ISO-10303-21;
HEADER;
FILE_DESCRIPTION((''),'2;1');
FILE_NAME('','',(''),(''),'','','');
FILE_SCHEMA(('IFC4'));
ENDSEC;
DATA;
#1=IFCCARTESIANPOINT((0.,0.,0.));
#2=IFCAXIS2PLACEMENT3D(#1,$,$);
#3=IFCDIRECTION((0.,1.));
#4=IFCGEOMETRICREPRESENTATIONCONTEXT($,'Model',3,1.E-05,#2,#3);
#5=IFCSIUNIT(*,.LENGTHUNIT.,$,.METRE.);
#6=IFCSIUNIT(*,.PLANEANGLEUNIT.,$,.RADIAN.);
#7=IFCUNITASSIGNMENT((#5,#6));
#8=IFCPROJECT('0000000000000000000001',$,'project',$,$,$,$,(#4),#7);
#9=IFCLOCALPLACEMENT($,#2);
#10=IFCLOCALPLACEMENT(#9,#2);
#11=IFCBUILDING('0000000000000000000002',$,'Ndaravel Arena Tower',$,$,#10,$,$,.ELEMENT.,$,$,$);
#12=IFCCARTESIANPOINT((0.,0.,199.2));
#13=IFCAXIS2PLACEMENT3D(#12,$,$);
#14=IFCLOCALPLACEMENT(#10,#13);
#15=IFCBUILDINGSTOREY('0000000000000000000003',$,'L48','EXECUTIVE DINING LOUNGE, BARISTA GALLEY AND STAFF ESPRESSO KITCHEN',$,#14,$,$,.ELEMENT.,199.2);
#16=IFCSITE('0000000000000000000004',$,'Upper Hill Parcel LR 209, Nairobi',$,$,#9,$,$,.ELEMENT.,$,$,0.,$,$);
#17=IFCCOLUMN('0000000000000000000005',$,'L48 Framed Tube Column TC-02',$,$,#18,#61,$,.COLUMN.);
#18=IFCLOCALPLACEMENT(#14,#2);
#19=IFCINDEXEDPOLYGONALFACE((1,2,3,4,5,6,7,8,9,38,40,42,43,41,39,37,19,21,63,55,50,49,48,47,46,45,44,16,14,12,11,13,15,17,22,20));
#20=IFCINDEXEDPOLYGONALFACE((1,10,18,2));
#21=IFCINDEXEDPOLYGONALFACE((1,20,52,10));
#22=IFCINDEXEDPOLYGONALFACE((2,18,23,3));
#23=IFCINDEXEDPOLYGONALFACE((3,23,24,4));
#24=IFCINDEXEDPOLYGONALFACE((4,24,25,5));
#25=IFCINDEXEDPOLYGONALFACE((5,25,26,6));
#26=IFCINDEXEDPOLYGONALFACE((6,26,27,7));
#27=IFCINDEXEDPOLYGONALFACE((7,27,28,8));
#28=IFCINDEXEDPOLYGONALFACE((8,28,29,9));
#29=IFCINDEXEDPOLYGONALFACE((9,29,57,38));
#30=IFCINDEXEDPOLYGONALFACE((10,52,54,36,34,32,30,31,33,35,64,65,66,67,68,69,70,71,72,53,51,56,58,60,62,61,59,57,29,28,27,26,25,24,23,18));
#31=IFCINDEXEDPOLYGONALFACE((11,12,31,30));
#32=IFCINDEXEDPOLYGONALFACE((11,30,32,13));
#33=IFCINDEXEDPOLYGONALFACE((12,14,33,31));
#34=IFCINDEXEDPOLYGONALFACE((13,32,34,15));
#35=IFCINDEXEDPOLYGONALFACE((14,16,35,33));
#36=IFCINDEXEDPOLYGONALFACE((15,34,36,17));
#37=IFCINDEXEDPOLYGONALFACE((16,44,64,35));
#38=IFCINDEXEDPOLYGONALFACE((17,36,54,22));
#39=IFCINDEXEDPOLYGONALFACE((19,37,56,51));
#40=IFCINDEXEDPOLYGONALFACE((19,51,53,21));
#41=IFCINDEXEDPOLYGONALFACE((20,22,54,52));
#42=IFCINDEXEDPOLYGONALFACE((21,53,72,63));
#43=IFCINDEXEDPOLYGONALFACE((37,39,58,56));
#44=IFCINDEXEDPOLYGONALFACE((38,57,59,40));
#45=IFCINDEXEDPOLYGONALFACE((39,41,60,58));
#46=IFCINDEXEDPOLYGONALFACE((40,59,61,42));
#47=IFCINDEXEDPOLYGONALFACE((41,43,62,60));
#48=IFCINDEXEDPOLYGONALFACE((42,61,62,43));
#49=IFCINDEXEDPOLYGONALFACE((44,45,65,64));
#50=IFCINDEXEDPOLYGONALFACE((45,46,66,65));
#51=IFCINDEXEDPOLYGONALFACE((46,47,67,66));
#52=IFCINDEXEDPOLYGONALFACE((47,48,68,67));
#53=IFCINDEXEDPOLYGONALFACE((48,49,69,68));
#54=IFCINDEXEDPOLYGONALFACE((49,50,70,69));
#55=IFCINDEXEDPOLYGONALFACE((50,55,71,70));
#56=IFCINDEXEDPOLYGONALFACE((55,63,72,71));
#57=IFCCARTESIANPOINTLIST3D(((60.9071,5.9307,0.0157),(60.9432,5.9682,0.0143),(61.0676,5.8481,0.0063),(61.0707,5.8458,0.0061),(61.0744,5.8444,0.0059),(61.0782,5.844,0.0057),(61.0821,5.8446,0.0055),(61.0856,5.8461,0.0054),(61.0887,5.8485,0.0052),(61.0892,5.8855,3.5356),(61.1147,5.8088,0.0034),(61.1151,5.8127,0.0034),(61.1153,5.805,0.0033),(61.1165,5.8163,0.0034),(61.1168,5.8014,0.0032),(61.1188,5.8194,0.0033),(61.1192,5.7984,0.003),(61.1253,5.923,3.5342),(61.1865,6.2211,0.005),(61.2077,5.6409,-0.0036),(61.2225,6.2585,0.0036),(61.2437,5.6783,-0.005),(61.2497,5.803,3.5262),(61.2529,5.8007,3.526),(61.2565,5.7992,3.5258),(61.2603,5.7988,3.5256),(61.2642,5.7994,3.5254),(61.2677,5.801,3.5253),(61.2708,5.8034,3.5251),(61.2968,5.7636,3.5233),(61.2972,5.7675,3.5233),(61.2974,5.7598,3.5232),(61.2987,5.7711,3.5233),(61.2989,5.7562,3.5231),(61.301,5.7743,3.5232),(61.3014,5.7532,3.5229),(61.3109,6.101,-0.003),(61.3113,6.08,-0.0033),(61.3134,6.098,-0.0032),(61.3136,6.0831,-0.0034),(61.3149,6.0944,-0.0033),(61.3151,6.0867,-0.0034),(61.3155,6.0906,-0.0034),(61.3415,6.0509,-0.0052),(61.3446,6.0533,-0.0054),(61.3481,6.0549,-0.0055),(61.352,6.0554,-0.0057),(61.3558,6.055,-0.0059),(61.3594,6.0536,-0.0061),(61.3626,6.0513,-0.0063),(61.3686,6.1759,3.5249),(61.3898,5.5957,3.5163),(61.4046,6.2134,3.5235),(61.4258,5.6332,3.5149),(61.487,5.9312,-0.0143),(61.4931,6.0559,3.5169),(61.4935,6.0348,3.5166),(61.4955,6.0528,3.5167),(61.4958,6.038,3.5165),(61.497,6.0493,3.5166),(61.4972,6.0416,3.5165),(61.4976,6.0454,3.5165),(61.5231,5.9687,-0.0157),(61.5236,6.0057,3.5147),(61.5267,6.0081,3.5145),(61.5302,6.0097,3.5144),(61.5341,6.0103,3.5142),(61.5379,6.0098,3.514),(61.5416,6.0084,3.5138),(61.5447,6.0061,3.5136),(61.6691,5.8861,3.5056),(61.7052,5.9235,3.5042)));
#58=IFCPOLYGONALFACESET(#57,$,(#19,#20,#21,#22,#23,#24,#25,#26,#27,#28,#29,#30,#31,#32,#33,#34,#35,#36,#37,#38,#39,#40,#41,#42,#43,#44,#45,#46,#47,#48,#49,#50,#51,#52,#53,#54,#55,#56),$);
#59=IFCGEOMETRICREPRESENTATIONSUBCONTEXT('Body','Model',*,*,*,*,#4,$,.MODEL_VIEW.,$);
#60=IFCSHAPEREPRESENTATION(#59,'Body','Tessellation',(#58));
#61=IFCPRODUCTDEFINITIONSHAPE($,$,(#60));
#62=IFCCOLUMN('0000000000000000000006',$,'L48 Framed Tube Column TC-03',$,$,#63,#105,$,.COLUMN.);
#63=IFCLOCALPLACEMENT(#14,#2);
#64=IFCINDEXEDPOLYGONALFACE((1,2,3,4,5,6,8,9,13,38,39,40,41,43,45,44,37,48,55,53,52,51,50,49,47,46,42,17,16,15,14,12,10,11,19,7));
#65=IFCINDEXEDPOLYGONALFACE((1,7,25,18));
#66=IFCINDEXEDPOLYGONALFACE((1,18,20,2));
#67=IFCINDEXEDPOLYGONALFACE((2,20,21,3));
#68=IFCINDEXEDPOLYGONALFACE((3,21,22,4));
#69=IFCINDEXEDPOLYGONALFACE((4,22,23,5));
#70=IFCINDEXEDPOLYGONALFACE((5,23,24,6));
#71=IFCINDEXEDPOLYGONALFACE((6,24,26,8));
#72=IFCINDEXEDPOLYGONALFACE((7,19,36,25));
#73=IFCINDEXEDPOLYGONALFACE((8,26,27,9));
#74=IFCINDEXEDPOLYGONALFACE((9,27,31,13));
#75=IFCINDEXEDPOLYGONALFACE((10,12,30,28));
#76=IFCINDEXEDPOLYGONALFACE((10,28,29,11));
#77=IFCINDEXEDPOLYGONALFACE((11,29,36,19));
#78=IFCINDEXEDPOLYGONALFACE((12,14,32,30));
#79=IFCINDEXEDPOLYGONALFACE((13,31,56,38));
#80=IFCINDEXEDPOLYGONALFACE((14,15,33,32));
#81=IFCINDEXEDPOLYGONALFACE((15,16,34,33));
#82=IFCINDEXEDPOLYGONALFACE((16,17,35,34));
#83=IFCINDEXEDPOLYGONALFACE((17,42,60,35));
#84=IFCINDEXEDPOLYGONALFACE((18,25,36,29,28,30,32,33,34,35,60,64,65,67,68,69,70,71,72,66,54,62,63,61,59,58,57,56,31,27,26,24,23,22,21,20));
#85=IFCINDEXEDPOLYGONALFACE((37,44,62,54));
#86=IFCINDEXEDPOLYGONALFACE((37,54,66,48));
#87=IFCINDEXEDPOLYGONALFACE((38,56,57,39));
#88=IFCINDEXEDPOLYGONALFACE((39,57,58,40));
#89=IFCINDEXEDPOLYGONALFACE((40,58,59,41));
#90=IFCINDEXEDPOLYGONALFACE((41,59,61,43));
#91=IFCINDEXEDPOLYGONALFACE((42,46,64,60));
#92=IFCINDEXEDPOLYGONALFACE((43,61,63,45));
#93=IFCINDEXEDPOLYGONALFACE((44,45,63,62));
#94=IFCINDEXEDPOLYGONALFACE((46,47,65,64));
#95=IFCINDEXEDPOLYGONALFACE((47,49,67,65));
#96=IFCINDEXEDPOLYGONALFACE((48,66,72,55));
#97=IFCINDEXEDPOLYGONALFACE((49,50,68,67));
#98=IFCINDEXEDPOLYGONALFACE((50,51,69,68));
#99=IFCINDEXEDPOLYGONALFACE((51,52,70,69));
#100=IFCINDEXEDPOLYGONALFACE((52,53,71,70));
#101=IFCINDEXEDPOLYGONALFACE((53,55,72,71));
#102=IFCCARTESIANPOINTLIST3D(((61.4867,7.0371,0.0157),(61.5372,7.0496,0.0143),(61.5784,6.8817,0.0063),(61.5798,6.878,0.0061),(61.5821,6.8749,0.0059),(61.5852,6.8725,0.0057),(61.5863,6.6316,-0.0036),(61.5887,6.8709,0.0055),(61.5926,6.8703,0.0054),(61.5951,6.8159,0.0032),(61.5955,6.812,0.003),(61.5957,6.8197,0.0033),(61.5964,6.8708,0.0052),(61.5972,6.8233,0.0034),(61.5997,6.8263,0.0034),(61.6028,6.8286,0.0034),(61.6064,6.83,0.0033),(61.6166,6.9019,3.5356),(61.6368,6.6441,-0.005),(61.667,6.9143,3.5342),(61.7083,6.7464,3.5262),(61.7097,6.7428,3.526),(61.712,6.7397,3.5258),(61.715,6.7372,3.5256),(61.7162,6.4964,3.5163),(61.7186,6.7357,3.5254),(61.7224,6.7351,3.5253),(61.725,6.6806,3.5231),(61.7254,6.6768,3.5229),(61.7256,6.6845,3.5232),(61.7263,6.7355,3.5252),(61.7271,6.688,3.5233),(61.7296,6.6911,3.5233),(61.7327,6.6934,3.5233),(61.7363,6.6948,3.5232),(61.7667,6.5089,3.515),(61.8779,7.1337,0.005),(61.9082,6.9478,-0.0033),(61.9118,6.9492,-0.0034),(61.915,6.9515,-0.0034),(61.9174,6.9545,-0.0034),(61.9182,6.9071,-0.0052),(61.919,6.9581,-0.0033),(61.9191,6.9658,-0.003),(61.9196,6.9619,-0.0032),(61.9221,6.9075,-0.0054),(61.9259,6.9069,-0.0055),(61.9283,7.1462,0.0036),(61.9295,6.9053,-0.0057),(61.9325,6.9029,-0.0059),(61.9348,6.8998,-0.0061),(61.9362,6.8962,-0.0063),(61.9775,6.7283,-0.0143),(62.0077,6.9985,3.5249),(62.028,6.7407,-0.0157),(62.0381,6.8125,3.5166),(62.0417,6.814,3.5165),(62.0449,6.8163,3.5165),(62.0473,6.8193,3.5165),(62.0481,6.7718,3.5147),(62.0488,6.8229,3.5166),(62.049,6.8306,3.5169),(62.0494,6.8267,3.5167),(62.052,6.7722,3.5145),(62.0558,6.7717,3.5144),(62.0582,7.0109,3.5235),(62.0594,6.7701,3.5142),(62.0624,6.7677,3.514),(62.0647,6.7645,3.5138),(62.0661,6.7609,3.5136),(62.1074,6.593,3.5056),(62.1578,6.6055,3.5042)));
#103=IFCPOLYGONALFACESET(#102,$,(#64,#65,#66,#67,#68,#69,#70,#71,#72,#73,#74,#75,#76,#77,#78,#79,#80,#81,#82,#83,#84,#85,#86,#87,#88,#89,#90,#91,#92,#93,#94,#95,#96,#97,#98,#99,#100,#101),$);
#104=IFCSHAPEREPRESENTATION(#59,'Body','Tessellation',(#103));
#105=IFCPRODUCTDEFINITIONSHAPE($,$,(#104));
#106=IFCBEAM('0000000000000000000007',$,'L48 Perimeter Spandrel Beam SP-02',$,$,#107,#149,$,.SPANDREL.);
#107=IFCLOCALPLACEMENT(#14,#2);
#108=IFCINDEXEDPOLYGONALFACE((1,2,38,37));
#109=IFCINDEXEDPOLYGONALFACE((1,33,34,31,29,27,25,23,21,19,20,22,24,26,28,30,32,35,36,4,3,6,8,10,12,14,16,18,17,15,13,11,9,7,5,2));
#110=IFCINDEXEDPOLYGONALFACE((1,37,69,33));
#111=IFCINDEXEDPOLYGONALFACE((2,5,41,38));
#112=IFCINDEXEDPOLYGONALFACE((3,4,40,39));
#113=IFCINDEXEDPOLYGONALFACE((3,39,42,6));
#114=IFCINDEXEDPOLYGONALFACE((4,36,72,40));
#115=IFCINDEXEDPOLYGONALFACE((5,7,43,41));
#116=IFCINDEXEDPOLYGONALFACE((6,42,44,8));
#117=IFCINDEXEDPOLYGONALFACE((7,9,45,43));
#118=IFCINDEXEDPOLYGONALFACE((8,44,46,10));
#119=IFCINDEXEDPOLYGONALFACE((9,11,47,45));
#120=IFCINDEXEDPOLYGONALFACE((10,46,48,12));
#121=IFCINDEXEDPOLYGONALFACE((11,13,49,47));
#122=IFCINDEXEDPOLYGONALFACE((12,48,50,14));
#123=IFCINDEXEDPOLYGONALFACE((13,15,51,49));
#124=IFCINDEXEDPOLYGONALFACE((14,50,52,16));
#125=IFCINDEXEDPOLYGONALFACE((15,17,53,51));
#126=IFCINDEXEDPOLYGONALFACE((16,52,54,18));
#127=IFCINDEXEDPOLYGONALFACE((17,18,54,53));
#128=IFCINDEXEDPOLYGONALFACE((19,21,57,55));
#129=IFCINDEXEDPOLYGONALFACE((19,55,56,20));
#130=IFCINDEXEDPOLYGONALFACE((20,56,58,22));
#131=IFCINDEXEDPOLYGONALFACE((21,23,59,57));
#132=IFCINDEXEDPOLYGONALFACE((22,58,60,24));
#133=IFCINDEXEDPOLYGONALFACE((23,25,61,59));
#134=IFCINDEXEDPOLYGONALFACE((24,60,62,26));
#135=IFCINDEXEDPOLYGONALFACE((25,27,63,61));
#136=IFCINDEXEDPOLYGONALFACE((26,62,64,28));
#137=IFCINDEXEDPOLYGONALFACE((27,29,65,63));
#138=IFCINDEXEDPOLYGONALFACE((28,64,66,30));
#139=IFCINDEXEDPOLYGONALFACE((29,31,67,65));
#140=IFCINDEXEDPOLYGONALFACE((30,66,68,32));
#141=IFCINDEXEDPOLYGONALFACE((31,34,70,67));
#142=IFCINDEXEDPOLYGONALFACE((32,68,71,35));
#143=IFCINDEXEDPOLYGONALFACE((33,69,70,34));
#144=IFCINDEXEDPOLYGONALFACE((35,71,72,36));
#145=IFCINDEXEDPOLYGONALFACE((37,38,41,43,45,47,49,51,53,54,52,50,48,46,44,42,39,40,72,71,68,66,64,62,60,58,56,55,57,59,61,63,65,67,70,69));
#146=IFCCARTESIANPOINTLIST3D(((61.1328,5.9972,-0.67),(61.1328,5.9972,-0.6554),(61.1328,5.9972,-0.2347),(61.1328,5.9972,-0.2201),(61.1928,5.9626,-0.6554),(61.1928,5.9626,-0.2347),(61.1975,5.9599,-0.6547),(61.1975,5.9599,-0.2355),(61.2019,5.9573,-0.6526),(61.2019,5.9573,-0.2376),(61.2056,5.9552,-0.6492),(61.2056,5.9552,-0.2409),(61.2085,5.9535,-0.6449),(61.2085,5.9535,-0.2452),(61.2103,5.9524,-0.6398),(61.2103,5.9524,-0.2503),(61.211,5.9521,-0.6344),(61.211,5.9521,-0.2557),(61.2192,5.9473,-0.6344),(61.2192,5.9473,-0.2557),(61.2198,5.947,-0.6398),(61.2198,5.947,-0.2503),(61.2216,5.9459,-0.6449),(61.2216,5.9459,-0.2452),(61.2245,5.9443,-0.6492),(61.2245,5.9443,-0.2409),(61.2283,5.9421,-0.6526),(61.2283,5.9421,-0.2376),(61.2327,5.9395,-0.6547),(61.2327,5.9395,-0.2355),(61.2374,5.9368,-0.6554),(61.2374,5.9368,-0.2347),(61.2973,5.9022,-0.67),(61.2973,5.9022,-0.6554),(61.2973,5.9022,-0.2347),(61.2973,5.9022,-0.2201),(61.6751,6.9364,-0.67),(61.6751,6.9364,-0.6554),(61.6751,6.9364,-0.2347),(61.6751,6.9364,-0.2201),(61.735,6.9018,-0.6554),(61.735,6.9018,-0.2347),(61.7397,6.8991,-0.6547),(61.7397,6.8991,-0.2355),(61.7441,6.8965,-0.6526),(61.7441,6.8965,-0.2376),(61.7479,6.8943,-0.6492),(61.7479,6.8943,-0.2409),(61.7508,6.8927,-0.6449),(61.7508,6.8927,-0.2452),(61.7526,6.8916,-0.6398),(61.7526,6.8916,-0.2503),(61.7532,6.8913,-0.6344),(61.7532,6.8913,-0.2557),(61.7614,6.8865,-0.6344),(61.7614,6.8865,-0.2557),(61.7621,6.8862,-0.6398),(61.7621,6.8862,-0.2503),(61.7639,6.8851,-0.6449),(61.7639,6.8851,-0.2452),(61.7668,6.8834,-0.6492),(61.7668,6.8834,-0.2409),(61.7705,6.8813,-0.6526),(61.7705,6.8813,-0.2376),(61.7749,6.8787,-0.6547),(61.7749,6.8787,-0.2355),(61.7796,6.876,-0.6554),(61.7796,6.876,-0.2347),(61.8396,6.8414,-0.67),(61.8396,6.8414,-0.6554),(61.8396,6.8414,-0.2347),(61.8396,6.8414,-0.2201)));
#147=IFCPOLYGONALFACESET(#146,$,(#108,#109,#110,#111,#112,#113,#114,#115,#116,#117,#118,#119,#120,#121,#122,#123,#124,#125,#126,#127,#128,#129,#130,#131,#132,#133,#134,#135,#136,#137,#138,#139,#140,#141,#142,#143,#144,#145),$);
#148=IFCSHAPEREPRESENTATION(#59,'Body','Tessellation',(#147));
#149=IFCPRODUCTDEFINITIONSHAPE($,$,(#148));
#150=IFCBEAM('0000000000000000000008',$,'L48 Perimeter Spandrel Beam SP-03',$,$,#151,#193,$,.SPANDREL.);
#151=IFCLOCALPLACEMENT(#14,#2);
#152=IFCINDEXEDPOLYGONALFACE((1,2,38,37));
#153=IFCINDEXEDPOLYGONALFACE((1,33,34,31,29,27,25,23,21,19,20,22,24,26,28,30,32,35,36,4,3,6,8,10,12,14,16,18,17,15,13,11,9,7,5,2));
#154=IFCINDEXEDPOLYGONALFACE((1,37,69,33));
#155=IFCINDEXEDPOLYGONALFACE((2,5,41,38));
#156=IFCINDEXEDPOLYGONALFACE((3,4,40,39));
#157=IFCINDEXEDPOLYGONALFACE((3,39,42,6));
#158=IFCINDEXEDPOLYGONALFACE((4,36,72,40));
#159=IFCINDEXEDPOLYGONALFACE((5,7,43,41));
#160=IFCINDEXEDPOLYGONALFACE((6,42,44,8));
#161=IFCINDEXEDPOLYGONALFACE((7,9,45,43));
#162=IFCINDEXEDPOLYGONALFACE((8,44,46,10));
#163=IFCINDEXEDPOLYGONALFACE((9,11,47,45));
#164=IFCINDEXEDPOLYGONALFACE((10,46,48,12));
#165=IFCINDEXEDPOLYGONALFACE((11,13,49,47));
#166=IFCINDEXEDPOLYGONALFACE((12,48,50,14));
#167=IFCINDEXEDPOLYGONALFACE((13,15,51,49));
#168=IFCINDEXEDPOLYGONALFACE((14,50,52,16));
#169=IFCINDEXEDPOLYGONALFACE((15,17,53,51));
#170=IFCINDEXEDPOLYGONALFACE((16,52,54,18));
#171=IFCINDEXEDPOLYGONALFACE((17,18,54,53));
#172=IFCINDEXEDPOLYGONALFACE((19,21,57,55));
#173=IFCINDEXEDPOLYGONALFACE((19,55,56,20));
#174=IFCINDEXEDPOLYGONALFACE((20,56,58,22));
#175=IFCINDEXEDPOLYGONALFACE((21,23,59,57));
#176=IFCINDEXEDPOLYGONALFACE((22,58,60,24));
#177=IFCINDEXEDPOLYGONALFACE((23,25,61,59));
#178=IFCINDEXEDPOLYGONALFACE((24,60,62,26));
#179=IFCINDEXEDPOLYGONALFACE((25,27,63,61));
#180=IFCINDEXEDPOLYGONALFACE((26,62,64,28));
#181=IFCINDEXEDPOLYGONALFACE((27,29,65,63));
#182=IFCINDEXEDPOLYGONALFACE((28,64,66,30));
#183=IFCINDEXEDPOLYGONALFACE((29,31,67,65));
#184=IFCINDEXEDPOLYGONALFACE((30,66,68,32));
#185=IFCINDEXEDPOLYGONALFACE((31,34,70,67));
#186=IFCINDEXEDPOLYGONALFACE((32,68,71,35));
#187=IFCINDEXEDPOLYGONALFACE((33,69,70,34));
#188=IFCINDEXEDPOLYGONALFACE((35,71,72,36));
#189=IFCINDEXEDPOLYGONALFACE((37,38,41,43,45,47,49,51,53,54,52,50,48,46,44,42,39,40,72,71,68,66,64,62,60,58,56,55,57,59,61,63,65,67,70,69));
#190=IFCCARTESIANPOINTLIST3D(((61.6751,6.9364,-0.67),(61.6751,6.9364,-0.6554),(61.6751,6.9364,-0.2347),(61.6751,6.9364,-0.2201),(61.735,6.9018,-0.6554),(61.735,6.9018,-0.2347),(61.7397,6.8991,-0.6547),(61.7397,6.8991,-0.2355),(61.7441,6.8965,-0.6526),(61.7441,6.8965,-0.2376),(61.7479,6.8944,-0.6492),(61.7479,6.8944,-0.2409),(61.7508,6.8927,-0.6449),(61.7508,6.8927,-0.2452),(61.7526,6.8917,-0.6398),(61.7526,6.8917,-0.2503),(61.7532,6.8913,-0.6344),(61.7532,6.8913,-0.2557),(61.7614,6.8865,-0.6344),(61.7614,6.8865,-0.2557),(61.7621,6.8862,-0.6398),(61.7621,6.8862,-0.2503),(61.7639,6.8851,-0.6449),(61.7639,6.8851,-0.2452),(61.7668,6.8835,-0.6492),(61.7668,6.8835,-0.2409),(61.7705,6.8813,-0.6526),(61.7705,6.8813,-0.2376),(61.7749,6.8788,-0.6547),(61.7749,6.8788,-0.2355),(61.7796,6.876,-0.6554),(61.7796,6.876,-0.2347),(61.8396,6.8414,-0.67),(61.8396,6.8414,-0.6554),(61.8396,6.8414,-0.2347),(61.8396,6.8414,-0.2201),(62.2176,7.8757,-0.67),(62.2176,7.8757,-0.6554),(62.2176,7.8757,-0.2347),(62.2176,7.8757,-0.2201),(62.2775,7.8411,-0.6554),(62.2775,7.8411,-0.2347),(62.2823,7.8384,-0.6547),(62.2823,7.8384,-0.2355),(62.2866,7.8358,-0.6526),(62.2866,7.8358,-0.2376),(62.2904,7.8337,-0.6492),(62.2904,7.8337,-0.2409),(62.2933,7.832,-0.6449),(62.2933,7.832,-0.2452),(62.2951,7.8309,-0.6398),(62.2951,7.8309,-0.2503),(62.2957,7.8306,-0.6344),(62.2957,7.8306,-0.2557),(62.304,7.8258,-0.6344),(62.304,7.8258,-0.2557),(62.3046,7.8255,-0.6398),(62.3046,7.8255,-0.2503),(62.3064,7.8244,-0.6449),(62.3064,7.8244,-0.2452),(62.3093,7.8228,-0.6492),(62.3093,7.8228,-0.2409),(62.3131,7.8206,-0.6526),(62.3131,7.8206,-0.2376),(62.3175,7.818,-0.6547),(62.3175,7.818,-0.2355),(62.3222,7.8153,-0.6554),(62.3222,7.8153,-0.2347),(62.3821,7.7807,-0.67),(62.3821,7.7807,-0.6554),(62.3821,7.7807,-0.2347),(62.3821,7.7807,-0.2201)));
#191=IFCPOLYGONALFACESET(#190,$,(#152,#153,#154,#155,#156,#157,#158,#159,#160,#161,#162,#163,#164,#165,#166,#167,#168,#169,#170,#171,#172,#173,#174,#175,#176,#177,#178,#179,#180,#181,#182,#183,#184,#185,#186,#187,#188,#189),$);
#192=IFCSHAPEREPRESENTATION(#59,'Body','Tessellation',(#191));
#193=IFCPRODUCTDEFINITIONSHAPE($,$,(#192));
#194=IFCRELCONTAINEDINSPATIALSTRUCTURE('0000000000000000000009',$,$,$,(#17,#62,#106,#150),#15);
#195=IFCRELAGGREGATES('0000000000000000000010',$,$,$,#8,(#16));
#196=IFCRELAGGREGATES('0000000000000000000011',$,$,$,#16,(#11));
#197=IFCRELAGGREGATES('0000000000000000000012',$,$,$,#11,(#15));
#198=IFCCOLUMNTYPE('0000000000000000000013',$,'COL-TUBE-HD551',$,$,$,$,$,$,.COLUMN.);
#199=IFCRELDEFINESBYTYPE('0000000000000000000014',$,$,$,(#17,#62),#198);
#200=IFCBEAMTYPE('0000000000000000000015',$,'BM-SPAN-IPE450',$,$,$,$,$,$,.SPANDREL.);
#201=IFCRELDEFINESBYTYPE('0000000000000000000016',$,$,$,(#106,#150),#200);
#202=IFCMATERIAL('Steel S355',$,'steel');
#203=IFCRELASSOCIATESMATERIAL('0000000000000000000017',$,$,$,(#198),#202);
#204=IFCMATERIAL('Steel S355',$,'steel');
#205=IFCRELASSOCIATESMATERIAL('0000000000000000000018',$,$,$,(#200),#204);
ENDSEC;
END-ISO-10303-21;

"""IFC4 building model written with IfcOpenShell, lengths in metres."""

from ifc_helpers import new_model, si_unit, direction, frame, origin, origin_2d, place, context, subcontext, project, spatial, i_section, extrude, material, material_profile, profile_set, type_object, element, save


model = new_model("IFC4")

# Units and contexts
model_context = context("Model", 3, precision=1e-05, world=origin(), true_north=direction((0.0, 1.0)))
body_context = subcontext(model_context, "Body", "Model", "MODEL_VIEW")
ifc_project = project(units=[si_unit("LENGTHUNIT", "METRE"), si_unit("PLANEANGLEUNIT", "RADIAN")], contexts=[model_context])

# Site, building, storey
site_placement = place(None, origin())
site = spatial("IfcSite", under=ifc_project, at=site_placement, Name="Upper Hill Parcel LR 209, Nairobi", CompositionType="ELEMENT", RefElevation=0.0)
building_placement = place(site_placement, origin())
building = spatial("IfcBuilding", under=site, at=building_placement, Name="Ndaravel Arena Tower", CompositionType="ELEMENT")
storey_placement = place(building_placement, frame((0.0, 0.0, 199.2)))
storey = spatial("IfcBuildingStorey", under=building, at=storey_placement, Name="L48", Description="EXECUTIVE DINING LOUNGE, BARISTA GALLEY AND STAFF ESPRESSO KITCHEN", CompositionType="ELEMENT", Elevation=199.2)

# Columns
ifc_material_1 = material(Name="Steel S355", Category="steel")
ifc_material_profile_1 = material_profile(ifc_material_1, i_section(OverallWidth=0.418, OverallDepth=0.4551, WebThickness=0.042, FlangeThickness=0.052, FilletRadius=0.0149, at=origin_2d()), Name="HD 400x551")
ifc_profile_set_1 = profile_set([ifc_material_profile_1], Name="Steel S355")
column_type = type_object("IfcColumnType", Name="COL-TUBE-HD551", PredefinedType="COLUMN", material=ifc_profile_set_1)
for number, where, z_axis, x_axis, name in (
    (1, (61.2151, 5.9497, 0.0), (0.051668, -0.012813, 0.998582), (-0.719023, 0.693455, 0.046101), "L48 Framed Tube Column TC-02"),
    (2, (61.7573, 6.8889, 0.0), (0.036846, -0.03837, 0.998584), (-0.238353, 0.970085, 0.04607), "L48 Framed Tube Column TC-03"),
):
    element("IfcColumn", number, at=place(storey_placement, frame(where, z_axis=z_axis, x_axis=x_axis)), inside=storey, type_object=column_type, Name=name, PredefinedType="COLUMN", context=body_context, shape_type="SweptSolid", body=[
        extrude(i_section(OverallWidth=0.418, OverallDepth=0.4551, WebThickness=0.042, FlangeThickness=0.052, FilletRadius=0.0149, at=origin_2d()), origin(), (0.0, 0.0, 1.0), 3.5249),
    ])

# Beams
ifc_material_2 = material(Name="Steel S355", Category="steel")
ifc_material_profile_2 = material_profile(ifc_material_2, i_section(OverallWidth=0.1899, OverallDepth=0.45, WebThickness=0.0095, FlangeThickness=0.0146, FilletRadius=0.021, at=origin_2d()), Name="IPE 450")
ifc_profile_set_2 = profile_set([ifc_material_profile_2], Name="Steel S355")
beam_type = type_object("IfcBeamType", Name="BM-SPAN-IPE450", PredefinedType="SPANDREL", material=ifc_profile_set_2)
beam_1_placement = place(storey_placement, frame((61.2151, 5.9497, -0.4451), z_axis=(0.499989, 0.866032, 0.0), x_axis=(-0.866032, 0.499989, 0.0)))
element("IfcBeam", 3, at=beam_1_placement, inside=storey, type_object=beam_type, Name="L48 Perimeter Spandrel Beam SP-02", PredefinedType="SPANDREL", context=body_context, shape_type="SweptSolid", body=[
    extrude(i_section(OverallWidth=0.1899, OverallDepth=0.45, WebThickness=0.0095, FlangeThickness=0.0146, FilletRadius=0.021, at=origin_2d()), origin(), (0.0, 0.0, 1.0), 1.0845),
])
beam_2_placement = place(storey_placement, frame((61.7573, 6.8889, -0.4451), z_axis=(0.500158, 0.865934, 0.0), x_axis=(-0.865934, 0.500158, 0.0)))
element("IfcBeam", 4, at=beam_2_placement, inside=storey, type_object=beam_type, Name="L48 Perimeter Spandrel Beam SP-03", PredefinedType="SPANDREL", context=body_context, shape_type="SweptSolid", body=[
    extrude(i_section(OverallWidth=0.1899, OverallDepth=0.45, WebThickness=0.0095, FlangeThickness=0.0146, FilletRadius=0.021, at=origin_2d()), origin(), (0.0, 0.0, 1.0), 1.0847),
])

save(model, "model.ifc")
